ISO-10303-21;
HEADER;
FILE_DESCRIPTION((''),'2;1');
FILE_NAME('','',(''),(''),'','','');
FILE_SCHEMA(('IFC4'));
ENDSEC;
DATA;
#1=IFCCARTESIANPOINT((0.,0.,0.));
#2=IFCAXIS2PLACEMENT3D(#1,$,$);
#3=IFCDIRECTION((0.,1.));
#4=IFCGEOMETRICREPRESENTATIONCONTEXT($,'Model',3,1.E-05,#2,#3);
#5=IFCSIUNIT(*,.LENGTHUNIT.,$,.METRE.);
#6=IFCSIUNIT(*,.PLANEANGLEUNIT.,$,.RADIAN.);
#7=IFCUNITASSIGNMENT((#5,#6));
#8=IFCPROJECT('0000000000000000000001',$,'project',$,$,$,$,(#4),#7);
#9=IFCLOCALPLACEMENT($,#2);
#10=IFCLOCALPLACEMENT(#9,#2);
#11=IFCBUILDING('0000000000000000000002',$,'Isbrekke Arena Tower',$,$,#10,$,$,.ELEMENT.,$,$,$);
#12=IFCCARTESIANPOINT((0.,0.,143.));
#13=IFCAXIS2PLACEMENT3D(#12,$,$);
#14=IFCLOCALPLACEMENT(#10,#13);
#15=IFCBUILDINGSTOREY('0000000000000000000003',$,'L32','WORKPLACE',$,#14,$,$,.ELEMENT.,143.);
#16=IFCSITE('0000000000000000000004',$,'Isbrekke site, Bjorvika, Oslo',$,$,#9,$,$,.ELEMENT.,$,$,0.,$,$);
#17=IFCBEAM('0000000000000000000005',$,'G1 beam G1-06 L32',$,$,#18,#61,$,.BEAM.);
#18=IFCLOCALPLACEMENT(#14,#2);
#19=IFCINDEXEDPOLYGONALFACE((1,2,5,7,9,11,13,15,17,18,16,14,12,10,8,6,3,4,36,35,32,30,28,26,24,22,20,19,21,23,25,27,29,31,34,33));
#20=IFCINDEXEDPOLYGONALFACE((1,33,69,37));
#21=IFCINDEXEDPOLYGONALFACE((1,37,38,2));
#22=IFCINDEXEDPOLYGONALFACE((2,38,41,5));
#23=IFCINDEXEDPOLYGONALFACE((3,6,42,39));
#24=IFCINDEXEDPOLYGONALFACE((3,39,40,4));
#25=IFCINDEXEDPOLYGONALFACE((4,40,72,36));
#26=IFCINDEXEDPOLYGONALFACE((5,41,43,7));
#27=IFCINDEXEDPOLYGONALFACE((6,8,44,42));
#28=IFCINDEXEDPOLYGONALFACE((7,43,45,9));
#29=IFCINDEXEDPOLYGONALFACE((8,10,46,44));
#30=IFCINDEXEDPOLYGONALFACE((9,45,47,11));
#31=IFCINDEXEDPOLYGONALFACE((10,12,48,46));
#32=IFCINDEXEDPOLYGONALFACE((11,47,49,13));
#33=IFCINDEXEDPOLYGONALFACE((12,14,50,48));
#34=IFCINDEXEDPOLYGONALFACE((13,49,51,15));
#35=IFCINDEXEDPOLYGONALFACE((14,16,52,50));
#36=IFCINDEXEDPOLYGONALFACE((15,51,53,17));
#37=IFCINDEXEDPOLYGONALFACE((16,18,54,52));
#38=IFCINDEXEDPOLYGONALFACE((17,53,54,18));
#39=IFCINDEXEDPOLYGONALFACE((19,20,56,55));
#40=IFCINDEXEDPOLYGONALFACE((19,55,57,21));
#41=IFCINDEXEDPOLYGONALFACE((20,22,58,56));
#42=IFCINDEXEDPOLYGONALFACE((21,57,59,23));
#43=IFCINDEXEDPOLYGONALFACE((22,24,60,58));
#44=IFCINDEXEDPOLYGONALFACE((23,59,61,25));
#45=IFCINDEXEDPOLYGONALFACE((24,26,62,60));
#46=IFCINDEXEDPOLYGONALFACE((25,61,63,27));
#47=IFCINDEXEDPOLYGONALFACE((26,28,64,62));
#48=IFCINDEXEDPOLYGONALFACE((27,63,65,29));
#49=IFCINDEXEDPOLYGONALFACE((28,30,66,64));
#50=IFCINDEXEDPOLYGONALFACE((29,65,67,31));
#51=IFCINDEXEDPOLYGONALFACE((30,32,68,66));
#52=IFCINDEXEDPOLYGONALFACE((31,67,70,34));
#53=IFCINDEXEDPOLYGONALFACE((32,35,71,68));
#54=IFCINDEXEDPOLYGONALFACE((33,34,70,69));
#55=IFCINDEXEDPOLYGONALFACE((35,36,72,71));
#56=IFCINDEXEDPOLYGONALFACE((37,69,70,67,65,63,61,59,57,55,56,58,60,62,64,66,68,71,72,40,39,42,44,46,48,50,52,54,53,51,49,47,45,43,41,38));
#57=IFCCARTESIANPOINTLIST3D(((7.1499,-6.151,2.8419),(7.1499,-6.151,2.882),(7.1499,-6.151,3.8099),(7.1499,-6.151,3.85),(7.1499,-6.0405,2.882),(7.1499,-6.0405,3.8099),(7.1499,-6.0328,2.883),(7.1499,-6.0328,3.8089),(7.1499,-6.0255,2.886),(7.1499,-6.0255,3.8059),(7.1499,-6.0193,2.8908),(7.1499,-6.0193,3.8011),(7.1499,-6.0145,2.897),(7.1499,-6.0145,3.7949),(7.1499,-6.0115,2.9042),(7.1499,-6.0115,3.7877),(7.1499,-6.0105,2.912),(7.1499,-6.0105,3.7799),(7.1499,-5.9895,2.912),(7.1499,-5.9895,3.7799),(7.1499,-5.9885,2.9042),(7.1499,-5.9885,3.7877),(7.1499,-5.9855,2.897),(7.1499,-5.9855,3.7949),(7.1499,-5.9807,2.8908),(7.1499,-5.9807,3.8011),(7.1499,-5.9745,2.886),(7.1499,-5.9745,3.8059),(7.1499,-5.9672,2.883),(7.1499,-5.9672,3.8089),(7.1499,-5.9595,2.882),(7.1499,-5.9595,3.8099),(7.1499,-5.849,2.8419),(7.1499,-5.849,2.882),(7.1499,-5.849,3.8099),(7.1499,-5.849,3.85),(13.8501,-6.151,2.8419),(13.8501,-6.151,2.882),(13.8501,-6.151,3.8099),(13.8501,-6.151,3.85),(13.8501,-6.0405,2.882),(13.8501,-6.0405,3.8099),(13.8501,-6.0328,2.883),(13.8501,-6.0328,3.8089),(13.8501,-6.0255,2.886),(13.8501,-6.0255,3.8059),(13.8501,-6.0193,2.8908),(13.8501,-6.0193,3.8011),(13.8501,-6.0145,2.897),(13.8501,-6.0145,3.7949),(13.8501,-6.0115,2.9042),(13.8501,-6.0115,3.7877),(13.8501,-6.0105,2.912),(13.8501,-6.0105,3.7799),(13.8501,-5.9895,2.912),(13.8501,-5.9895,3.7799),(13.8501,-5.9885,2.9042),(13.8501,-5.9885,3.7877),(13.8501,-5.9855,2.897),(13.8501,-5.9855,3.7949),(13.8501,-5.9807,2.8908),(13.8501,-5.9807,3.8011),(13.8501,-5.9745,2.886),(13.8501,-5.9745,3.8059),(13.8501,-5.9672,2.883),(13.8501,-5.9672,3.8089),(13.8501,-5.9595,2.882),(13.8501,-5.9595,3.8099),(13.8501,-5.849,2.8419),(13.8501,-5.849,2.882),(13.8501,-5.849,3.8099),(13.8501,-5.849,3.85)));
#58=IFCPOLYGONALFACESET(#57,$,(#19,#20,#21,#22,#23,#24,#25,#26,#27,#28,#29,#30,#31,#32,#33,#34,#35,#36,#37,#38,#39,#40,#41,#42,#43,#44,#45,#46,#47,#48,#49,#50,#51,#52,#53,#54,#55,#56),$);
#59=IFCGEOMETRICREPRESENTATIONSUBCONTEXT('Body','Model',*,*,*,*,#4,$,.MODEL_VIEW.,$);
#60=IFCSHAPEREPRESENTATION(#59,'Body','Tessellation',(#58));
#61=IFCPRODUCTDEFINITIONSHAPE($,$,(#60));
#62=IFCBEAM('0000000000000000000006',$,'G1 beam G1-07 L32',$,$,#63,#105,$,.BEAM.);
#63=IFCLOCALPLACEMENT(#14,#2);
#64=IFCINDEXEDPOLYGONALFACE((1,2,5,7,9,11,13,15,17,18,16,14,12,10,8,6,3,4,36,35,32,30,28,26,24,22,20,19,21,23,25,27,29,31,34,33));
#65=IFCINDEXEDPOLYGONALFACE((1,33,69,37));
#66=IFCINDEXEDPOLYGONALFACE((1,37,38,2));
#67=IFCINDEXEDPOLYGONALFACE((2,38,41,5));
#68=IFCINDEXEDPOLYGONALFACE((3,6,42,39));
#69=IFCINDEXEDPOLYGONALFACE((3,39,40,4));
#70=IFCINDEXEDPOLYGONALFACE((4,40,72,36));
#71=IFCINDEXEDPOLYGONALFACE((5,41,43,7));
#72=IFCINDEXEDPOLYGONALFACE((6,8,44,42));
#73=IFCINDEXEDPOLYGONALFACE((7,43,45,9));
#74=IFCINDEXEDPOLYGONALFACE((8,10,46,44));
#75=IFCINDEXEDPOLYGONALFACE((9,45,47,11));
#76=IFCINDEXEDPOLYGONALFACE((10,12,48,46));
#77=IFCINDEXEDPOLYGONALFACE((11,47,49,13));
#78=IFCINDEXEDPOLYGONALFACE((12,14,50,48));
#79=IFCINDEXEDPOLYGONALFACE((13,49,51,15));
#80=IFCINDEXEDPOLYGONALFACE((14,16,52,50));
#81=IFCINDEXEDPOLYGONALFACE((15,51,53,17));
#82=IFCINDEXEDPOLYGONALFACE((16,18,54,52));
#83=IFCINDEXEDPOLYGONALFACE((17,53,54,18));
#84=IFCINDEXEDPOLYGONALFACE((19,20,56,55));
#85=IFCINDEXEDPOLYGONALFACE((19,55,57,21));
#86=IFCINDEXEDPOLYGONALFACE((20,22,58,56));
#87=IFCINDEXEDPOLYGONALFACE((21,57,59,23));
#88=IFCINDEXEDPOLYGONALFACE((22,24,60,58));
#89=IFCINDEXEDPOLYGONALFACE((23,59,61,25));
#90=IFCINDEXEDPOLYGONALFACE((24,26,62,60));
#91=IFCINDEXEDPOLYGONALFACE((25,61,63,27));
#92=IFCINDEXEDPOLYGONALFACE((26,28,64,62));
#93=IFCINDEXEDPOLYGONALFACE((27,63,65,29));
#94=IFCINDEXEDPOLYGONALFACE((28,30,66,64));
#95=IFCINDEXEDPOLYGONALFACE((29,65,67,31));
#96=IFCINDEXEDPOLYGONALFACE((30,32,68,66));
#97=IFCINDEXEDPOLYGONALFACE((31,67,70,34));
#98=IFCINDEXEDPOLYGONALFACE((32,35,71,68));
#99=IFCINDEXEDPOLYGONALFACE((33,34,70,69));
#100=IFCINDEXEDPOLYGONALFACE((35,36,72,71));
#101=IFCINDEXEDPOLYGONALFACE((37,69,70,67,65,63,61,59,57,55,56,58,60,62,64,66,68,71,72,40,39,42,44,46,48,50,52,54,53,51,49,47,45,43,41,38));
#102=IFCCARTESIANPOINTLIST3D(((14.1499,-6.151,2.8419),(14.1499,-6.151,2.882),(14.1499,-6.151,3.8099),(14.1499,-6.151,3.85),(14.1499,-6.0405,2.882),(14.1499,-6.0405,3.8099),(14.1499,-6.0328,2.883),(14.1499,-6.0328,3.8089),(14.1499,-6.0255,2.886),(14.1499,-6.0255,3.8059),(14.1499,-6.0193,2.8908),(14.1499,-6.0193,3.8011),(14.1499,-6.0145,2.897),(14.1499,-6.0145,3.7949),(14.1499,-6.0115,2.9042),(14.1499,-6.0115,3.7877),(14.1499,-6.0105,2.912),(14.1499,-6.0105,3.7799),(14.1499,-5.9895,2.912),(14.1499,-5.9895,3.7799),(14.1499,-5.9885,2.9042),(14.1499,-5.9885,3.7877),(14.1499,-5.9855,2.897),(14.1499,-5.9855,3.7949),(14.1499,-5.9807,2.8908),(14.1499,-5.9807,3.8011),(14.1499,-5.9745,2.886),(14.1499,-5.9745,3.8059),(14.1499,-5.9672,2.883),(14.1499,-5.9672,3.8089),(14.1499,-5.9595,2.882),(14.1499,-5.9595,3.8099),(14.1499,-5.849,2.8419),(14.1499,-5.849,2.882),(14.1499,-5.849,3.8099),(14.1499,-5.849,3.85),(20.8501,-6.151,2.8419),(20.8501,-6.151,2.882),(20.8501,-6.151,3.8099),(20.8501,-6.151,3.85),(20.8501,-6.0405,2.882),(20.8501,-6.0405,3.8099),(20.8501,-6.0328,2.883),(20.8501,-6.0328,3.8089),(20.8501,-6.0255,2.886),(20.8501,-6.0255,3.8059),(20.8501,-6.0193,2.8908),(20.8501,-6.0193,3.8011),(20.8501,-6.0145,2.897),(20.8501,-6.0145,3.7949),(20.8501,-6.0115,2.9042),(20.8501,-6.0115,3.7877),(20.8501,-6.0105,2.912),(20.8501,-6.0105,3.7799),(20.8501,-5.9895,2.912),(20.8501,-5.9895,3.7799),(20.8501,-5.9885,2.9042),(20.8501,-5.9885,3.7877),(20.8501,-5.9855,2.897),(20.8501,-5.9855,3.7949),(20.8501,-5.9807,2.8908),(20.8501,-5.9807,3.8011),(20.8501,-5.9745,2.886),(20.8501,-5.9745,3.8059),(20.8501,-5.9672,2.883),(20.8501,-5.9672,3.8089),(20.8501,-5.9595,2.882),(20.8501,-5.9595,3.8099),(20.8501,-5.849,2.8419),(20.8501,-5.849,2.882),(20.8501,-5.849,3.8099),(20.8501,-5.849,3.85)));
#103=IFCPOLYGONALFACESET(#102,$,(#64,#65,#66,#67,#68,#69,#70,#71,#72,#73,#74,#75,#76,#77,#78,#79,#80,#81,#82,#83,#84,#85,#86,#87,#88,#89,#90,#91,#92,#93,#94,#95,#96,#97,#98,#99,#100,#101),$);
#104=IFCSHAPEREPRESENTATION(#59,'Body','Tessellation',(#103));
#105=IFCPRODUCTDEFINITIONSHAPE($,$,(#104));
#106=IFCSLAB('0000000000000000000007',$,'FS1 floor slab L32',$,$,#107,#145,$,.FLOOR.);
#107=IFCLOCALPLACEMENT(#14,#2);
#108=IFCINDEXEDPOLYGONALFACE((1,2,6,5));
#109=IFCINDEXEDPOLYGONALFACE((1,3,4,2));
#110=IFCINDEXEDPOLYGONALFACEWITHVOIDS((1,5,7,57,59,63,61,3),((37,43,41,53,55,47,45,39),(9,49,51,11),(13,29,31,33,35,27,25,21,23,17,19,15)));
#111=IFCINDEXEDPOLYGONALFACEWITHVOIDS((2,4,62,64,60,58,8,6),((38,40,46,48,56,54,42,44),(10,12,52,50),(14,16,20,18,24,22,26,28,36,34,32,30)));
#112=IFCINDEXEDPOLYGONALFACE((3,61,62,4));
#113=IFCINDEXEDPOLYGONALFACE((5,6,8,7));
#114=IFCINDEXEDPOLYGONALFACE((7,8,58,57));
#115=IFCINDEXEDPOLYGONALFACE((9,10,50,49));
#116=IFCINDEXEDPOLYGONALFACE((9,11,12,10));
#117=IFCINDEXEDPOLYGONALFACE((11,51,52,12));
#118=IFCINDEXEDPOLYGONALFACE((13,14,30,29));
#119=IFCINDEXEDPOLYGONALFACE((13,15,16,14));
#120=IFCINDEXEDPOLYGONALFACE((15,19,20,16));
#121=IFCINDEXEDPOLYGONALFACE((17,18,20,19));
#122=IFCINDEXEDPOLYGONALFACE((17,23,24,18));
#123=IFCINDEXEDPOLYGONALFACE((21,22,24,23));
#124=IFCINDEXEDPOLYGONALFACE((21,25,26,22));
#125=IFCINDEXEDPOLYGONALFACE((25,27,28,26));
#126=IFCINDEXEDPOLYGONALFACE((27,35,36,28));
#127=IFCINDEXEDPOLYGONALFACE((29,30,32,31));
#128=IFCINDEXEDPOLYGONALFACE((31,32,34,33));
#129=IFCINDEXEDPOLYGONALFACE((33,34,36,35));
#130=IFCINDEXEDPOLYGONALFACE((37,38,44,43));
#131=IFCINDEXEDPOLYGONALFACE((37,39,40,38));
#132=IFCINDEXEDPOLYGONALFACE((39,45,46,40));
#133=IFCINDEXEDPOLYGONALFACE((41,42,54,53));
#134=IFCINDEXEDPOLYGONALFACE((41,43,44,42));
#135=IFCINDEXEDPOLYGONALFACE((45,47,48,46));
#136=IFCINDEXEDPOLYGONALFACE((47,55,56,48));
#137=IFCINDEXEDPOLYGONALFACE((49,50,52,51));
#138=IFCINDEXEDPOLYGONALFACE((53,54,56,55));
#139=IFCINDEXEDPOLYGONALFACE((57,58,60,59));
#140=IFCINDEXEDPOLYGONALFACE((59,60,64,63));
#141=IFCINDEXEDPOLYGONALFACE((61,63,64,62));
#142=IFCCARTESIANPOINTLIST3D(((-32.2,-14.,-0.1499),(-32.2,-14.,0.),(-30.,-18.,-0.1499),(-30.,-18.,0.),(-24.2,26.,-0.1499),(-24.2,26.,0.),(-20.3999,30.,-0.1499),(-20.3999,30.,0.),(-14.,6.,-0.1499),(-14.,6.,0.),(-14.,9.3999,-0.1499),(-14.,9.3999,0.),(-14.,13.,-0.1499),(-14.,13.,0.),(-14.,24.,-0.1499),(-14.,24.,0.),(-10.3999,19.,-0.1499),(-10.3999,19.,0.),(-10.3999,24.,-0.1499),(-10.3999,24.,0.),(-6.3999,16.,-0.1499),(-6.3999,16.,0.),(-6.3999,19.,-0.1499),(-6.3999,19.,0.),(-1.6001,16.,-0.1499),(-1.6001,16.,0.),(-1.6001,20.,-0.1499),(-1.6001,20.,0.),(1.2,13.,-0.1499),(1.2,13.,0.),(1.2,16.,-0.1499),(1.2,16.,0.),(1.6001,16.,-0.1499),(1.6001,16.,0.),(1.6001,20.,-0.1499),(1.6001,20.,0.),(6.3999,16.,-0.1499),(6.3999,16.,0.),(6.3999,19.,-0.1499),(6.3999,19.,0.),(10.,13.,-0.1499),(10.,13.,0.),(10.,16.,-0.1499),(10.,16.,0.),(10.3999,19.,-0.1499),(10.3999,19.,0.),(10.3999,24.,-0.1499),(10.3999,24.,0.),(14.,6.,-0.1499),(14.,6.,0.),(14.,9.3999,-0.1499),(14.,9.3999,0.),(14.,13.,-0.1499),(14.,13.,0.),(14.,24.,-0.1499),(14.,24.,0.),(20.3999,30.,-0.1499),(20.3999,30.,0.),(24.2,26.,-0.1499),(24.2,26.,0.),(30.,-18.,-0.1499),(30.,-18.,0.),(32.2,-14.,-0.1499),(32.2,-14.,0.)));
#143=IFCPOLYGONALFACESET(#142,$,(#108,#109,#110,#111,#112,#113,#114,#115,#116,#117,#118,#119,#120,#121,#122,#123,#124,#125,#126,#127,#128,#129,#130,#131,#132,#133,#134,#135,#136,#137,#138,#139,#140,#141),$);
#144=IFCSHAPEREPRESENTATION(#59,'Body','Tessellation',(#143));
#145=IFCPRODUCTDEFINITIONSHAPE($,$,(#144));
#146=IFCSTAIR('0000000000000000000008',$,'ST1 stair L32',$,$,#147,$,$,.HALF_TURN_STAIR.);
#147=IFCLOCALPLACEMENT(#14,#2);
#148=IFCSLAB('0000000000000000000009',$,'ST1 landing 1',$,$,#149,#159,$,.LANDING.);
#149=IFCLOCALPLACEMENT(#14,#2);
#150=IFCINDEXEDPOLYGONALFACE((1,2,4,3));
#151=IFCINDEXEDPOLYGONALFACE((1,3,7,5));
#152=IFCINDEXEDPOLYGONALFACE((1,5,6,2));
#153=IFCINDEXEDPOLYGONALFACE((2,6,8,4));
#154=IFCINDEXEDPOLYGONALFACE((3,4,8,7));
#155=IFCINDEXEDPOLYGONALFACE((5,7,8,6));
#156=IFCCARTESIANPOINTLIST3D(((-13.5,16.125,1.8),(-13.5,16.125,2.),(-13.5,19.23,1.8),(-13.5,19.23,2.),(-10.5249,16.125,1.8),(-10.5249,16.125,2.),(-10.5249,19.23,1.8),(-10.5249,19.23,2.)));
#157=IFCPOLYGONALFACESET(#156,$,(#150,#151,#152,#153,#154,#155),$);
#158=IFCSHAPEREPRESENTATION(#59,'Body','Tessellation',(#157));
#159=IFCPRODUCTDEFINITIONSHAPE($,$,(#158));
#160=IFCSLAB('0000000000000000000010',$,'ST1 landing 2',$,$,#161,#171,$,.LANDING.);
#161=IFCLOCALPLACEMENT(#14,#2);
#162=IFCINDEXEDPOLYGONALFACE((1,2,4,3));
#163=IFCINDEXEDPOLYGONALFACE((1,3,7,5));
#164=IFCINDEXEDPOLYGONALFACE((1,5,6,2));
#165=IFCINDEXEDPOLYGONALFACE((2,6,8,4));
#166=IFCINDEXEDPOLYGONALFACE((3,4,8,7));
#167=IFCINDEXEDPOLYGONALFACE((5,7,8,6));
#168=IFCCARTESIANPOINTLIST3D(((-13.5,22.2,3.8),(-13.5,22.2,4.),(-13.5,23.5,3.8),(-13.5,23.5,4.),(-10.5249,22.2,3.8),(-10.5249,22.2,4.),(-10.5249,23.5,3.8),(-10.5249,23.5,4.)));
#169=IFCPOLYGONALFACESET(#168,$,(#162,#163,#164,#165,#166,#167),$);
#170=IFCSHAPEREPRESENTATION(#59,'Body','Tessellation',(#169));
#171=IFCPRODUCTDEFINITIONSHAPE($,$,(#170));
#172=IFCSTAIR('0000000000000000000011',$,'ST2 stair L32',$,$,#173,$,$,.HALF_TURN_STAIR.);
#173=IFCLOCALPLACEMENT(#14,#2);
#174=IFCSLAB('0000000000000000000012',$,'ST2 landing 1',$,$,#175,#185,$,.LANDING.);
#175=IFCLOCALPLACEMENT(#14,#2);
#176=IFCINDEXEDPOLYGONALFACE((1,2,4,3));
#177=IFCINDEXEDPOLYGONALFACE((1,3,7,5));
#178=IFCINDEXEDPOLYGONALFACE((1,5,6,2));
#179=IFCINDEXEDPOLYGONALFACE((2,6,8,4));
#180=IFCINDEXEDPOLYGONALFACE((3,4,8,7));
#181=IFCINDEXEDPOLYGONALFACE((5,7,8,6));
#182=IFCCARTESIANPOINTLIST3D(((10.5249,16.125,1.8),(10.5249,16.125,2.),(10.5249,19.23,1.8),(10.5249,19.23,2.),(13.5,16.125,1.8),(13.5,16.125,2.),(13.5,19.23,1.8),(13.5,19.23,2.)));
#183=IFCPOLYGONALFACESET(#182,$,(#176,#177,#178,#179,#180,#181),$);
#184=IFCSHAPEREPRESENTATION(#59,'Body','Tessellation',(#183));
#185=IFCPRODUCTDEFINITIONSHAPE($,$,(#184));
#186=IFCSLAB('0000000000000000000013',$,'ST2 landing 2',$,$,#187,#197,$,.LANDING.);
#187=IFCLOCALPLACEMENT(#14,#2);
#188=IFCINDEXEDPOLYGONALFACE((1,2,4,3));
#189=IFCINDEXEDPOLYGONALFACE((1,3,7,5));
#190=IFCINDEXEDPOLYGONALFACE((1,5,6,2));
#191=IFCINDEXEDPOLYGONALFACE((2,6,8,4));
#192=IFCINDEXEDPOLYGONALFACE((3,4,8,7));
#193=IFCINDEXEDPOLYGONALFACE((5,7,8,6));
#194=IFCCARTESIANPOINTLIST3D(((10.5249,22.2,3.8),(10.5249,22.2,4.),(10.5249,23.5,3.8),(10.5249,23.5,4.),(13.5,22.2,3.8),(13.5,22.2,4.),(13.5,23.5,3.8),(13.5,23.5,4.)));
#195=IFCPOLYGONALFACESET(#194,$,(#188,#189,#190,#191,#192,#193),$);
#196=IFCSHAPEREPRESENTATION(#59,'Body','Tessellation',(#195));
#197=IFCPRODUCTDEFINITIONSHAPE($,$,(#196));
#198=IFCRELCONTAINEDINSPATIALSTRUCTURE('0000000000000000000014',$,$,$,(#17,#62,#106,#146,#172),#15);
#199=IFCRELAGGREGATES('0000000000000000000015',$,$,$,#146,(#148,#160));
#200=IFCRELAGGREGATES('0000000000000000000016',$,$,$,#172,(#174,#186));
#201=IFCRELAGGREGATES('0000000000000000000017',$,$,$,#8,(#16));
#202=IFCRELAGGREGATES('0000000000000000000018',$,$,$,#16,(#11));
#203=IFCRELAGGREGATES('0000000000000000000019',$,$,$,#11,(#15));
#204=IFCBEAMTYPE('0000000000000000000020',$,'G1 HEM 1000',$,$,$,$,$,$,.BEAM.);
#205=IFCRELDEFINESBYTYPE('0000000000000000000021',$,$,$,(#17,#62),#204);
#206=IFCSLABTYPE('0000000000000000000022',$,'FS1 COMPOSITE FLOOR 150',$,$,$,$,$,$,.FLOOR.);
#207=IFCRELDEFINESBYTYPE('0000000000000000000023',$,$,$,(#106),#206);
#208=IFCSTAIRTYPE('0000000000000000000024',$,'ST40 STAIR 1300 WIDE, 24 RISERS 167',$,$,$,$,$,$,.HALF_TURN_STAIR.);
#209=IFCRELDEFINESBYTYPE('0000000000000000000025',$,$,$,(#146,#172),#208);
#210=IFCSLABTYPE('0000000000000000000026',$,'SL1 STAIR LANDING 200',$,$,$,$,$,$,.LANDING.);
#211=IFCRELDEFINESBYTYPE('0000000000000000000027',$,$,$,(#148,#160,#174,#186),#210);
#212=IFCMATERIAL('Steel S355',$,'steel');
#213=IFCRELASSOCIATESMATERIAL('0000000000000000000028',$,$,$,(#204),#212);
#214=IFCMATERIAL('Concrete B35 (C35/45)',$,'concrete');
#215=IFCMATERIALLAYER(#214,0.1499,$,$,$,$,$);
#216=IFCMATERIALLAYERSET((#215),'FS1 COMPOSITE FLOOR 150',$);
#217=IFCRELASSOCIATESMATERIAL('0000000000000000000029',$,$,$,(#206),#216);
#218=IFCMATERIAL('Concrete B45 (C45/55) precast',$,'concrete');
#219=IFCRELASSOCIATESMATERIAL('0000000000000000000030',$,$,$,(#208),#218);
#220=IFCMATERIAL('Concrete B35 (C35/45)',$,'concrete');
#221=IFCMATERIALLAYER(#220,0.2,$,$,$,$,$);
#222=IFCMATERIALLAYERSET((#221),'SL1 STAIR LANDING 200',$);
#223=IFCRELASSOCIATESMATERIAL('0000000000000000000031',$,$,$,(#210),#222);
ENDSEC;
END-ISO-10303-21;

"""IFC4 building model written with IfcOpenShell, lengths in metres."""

from ifc_helpers import new_model, si_unit, direction, frame, origin, origin_2d, place, context, subcontext, project, spatial, polyline, i_section, outline, extrude, material, layer, layer_set, material_profile, profile_set, type_object, element, aggregate, save


model = new_model("IFC4")

# Units and contexts
model_context = context("Model", 3, precision=1e-05, world=origin(), true_north=direction((0.0, 1.0)))
body_context = subcontext(model_context, "Body", "Model", "MODEL_VIEW")
ifc_project = project(units=[si_unit("LENGTHUNIT", "METRE"), si_unit("PLANEANGLEUNIT", "RADIAN")], contexts=[model_context])

# Site, building, storey
site_placement = place(None, origin())
site = spatial("IfcSite", under=ifc_project, at=site_placement, Name="Isbrekke site, Bjorvika, Oslo", CompositionType="ELEMENT", RefElevation=0.0)
building_placement = place(site_placement, origin())
building = spatial("IfcBuilding", under=site, at=building_placement, Name="Isbrekke Arena Tower", CompositionType="ELEMENT")
storey_placement = place(building_placement, frame((0.0, 0.0, 143.0)))
storey = spatial("IfcBuildingStorey", under=building, at=storey_placement, Name="L32", Description="WORKPLACE", CompositionType="ELEMENT", Elevation=143.0)

# Beams
ifc_material_1 = material(Name="Steel S355", Category="steel")
ifc_material_profile_1 = material_profile(ifc_material_1, i_section(OverallWidth=0.302, OverallDepth=1.0081, WebThickness=0.021, FlangeThickness=0.04, FilletRadius=0.03, at=origin_2d()), Name="HEM 1000")
ifc_profile_set_1 = profile_set([ifc_material_profile_1], Name="Steel S355")
beam_type_1 = type_object("IfcBeamType", Name="G1 HEM 1000", PredefinedType="BEAM", material=ifc_profile_set_1)
for number, where, z_axis, x_axis, name in (
    (1, (7.1499, -6.0, 3.3459), (1.0, 0.0, 0.0), (0.0, 1.0, 0.0), "G1 beam G1-06 L32"),
    (2, (14.1499, -6.0, 3.3459), (1.0, 0.0, 0.0), (0.0, 1.0, 0.0), "G1 beam G1-07 L32"),
):
    element("IfcBeam", number, at=place(storey_placement, frame(where, z_axis=z_axis, x_axis=x_axis)), inside=storey, type_object=beam_type_1, Name=name, PredefinedType="BEAM", context=body_context, shape_type="SweptSolid", body=[
        extrude(i_section(OverallWidth=0.302, OverallDepth=1.0081, WebThickness=0.021, FlangeThickness=0.04, FilletRadius=0.03, at=origin_2d()), origin(), (0.0, 0.0, 1.0), 6.7002),
    ])

# Slab
ifc_material_2 = material(Name="Concrete B35 (C35/45)", Category="concrete")
ifc_layer_1 = layer(ifc_material_2, 0.1499)
ifc_layer_set_1 = layer_set([ifc_layer_1], Name="FS1 COMPOSITE FLOOR 150")
slab_type_1 = type_object("IfcSlabType", Name="FS1 COMPOSITE FLOOR 150", PredefinedType="FLOOR", material=ifc_layer_set_1)
slab_1_placement = place(storey_placement, frame((0.0, 0.0, -0.1499)))
element("IfcSlab", 3, at=slab_1_placement, inside=storey, type_object=slab_type_1, Name="FS1 floor slab L32", PredefinedType="FLOOR", context=body_context, shape_type="SweptSolid", body=[
    extrude(outline(polyline([(-30.0, -18.0), (30.0, -18.0), (32.2, -14.0), (24.2, 26.0), (20.3999, 30.0), (-20.3999, 30.0), (-24.2, 26.0), (-32.2, -14.0), (-30.0, -18.0)]), holes=[polyline([(14.0, 9.3999), (14.0, 6.0), (-14.0, 6.0), (-14.0, 9.3999), (14.0, 9.3999)]), polyline([(-6.3999, 19.0), (-6.3999, 16.0), (-1.6001, 16.0), (-1.6001, 20.0), (1.6001, 20.0), (1.6001, 16.0), (1.2, 16.0), (1.2, 13.0), (-14.0, 13.0), (-14.0, 24.0), (-10.3999, 24.0), (-10.3999, 19.0), (-6.3999, 19.0)]), polyline([(10.0, 13.0), (10.0, 16.0), (6.3999, 16.0), (6.3999, 19.0), (10.3999, 19.0), (10.3999, 24.0), (14.0, 24.0), (14.0, 13.0), (10.0, 13.0)])]), origin(), (0.0, 0.0, 1.0), 0.1499),
])

# Stairs, slabs
ifc_material_3 = material(Name="Concrete B45 (C45/55) precast", Category="concrete")
stair_type = type_object("IfcStairType", Name="ST40 STAIR 1300 WIDE, 24 RISERS 167", PredefinedType="HALF_TURN_STAIR", material=ifc_material_3)
stair_1_placement = place(storey_placement, origin())
stair_1 = element("IfcStair", 4, at=stair_1_placement, inside=storey, type_object=stair_type, Name="ST1 stair L32", PredefinedType="HALF_TURN_STAIR")
ifc_material_4 = material(Name="Concrete B35 (C35/45)", Category="concrete")
ifc_layer_2 = layer(ifc_material_4, 0.2)
ifc_layer_set_2 = layer_set([ifc_layer_2], Name="SL1 STAIR LANDING 200")
slab_type_2 = type_object("IfcSlabType", Name="SL1 STAIR LANDING 200", PredefinedType="LANDING", material=ifc_layer_set_2)
slab_2_placement = place(storey_placement, frame((0.0, 0.0, 1.8)))
slab_2 = element("IfcSlab", 5, at=slab_2_placement, type_object=slab_type_2, Name="ST1 landing 1", PredefinedType="LANDING", context=body_context, shape_type="SweptSolid", body=[
    extrude(outline(polyline([(-13.5, 16.125), (-10.5249, 16.125), (-10.5249, 19.23), (-13.5, 19.23), (-13.5, 16.125)])), origin(), (0.0, 0.0, 1.0), 0.2),
])
slab_3_placement = place(storey_placement, frame((0.0, 0.0, 3.8)))
slab_3 = element("IfcSlab", 6, at=slab_3_placement, type_object=slab_type_2, Name="ST1 landing 2", PredefinedType="LANDING", context=body_context, shape_type="SweptSolid", body=[
    extrude(outline(polyline([(-13.5, 22.2), (-10.5249, 22.2), (-10.5249, 23.5), (-13.5, 23.5), (-13.5, 22.2)])), origin(), (0.0, 0.0, 1.0), 0.2),
])
aggregate(stair_1, [slab_2, slab_3])
stair_2_placement = place(storey_placement, origin())
stair_2 = element("IfcStair", 7, at=stair_2_placement, inside=storey, type_object=stair_type, Name="ST2 stair L32", PredefinedType="HALF_TURN_STAIR")
slab_4_placement = place(storey_placement, frame((0.0, 0.0, 1.8)))
slab_4 = element("IfcSlab", 8, at=slab_4_placement, type_object=slab_type_2, Name="ST2 landing 1", PredefinedType="LANDING", context=body_context, shape_type="SweptSolid", body=[
    extrude(outline(polyline([(10.5249, 16.125), (13.5, 16.125), (13.5, 19.23), (10.5249, 19.23), (10.5249, 16.125)])), origin(), (0.0, 0.0, 1.0), 0.2),
])
slab_5_placement = place(storey_placement, frame((0.0, 0.0, 3.8)))
slab_5 = element("IfcSlab", 9, at=slab_5_placement, type_object=slab_type_2, Name="ST2 landing 2", PredefinedType="LANDING", context=body_context, shape_type="SweptSolid", body=[
    extrude(outline(polyline([(10.5249, 22.2), (13.5, 22.2), (13.5, 23.5), (10.5249, 23.5), (10.5249, 22.2)])), origin(), (0.0, 0.0, 1.0), 0.2),
])
aggregate(stair_2, [slab_4, slab_5])

save(model, "model.ifc")
